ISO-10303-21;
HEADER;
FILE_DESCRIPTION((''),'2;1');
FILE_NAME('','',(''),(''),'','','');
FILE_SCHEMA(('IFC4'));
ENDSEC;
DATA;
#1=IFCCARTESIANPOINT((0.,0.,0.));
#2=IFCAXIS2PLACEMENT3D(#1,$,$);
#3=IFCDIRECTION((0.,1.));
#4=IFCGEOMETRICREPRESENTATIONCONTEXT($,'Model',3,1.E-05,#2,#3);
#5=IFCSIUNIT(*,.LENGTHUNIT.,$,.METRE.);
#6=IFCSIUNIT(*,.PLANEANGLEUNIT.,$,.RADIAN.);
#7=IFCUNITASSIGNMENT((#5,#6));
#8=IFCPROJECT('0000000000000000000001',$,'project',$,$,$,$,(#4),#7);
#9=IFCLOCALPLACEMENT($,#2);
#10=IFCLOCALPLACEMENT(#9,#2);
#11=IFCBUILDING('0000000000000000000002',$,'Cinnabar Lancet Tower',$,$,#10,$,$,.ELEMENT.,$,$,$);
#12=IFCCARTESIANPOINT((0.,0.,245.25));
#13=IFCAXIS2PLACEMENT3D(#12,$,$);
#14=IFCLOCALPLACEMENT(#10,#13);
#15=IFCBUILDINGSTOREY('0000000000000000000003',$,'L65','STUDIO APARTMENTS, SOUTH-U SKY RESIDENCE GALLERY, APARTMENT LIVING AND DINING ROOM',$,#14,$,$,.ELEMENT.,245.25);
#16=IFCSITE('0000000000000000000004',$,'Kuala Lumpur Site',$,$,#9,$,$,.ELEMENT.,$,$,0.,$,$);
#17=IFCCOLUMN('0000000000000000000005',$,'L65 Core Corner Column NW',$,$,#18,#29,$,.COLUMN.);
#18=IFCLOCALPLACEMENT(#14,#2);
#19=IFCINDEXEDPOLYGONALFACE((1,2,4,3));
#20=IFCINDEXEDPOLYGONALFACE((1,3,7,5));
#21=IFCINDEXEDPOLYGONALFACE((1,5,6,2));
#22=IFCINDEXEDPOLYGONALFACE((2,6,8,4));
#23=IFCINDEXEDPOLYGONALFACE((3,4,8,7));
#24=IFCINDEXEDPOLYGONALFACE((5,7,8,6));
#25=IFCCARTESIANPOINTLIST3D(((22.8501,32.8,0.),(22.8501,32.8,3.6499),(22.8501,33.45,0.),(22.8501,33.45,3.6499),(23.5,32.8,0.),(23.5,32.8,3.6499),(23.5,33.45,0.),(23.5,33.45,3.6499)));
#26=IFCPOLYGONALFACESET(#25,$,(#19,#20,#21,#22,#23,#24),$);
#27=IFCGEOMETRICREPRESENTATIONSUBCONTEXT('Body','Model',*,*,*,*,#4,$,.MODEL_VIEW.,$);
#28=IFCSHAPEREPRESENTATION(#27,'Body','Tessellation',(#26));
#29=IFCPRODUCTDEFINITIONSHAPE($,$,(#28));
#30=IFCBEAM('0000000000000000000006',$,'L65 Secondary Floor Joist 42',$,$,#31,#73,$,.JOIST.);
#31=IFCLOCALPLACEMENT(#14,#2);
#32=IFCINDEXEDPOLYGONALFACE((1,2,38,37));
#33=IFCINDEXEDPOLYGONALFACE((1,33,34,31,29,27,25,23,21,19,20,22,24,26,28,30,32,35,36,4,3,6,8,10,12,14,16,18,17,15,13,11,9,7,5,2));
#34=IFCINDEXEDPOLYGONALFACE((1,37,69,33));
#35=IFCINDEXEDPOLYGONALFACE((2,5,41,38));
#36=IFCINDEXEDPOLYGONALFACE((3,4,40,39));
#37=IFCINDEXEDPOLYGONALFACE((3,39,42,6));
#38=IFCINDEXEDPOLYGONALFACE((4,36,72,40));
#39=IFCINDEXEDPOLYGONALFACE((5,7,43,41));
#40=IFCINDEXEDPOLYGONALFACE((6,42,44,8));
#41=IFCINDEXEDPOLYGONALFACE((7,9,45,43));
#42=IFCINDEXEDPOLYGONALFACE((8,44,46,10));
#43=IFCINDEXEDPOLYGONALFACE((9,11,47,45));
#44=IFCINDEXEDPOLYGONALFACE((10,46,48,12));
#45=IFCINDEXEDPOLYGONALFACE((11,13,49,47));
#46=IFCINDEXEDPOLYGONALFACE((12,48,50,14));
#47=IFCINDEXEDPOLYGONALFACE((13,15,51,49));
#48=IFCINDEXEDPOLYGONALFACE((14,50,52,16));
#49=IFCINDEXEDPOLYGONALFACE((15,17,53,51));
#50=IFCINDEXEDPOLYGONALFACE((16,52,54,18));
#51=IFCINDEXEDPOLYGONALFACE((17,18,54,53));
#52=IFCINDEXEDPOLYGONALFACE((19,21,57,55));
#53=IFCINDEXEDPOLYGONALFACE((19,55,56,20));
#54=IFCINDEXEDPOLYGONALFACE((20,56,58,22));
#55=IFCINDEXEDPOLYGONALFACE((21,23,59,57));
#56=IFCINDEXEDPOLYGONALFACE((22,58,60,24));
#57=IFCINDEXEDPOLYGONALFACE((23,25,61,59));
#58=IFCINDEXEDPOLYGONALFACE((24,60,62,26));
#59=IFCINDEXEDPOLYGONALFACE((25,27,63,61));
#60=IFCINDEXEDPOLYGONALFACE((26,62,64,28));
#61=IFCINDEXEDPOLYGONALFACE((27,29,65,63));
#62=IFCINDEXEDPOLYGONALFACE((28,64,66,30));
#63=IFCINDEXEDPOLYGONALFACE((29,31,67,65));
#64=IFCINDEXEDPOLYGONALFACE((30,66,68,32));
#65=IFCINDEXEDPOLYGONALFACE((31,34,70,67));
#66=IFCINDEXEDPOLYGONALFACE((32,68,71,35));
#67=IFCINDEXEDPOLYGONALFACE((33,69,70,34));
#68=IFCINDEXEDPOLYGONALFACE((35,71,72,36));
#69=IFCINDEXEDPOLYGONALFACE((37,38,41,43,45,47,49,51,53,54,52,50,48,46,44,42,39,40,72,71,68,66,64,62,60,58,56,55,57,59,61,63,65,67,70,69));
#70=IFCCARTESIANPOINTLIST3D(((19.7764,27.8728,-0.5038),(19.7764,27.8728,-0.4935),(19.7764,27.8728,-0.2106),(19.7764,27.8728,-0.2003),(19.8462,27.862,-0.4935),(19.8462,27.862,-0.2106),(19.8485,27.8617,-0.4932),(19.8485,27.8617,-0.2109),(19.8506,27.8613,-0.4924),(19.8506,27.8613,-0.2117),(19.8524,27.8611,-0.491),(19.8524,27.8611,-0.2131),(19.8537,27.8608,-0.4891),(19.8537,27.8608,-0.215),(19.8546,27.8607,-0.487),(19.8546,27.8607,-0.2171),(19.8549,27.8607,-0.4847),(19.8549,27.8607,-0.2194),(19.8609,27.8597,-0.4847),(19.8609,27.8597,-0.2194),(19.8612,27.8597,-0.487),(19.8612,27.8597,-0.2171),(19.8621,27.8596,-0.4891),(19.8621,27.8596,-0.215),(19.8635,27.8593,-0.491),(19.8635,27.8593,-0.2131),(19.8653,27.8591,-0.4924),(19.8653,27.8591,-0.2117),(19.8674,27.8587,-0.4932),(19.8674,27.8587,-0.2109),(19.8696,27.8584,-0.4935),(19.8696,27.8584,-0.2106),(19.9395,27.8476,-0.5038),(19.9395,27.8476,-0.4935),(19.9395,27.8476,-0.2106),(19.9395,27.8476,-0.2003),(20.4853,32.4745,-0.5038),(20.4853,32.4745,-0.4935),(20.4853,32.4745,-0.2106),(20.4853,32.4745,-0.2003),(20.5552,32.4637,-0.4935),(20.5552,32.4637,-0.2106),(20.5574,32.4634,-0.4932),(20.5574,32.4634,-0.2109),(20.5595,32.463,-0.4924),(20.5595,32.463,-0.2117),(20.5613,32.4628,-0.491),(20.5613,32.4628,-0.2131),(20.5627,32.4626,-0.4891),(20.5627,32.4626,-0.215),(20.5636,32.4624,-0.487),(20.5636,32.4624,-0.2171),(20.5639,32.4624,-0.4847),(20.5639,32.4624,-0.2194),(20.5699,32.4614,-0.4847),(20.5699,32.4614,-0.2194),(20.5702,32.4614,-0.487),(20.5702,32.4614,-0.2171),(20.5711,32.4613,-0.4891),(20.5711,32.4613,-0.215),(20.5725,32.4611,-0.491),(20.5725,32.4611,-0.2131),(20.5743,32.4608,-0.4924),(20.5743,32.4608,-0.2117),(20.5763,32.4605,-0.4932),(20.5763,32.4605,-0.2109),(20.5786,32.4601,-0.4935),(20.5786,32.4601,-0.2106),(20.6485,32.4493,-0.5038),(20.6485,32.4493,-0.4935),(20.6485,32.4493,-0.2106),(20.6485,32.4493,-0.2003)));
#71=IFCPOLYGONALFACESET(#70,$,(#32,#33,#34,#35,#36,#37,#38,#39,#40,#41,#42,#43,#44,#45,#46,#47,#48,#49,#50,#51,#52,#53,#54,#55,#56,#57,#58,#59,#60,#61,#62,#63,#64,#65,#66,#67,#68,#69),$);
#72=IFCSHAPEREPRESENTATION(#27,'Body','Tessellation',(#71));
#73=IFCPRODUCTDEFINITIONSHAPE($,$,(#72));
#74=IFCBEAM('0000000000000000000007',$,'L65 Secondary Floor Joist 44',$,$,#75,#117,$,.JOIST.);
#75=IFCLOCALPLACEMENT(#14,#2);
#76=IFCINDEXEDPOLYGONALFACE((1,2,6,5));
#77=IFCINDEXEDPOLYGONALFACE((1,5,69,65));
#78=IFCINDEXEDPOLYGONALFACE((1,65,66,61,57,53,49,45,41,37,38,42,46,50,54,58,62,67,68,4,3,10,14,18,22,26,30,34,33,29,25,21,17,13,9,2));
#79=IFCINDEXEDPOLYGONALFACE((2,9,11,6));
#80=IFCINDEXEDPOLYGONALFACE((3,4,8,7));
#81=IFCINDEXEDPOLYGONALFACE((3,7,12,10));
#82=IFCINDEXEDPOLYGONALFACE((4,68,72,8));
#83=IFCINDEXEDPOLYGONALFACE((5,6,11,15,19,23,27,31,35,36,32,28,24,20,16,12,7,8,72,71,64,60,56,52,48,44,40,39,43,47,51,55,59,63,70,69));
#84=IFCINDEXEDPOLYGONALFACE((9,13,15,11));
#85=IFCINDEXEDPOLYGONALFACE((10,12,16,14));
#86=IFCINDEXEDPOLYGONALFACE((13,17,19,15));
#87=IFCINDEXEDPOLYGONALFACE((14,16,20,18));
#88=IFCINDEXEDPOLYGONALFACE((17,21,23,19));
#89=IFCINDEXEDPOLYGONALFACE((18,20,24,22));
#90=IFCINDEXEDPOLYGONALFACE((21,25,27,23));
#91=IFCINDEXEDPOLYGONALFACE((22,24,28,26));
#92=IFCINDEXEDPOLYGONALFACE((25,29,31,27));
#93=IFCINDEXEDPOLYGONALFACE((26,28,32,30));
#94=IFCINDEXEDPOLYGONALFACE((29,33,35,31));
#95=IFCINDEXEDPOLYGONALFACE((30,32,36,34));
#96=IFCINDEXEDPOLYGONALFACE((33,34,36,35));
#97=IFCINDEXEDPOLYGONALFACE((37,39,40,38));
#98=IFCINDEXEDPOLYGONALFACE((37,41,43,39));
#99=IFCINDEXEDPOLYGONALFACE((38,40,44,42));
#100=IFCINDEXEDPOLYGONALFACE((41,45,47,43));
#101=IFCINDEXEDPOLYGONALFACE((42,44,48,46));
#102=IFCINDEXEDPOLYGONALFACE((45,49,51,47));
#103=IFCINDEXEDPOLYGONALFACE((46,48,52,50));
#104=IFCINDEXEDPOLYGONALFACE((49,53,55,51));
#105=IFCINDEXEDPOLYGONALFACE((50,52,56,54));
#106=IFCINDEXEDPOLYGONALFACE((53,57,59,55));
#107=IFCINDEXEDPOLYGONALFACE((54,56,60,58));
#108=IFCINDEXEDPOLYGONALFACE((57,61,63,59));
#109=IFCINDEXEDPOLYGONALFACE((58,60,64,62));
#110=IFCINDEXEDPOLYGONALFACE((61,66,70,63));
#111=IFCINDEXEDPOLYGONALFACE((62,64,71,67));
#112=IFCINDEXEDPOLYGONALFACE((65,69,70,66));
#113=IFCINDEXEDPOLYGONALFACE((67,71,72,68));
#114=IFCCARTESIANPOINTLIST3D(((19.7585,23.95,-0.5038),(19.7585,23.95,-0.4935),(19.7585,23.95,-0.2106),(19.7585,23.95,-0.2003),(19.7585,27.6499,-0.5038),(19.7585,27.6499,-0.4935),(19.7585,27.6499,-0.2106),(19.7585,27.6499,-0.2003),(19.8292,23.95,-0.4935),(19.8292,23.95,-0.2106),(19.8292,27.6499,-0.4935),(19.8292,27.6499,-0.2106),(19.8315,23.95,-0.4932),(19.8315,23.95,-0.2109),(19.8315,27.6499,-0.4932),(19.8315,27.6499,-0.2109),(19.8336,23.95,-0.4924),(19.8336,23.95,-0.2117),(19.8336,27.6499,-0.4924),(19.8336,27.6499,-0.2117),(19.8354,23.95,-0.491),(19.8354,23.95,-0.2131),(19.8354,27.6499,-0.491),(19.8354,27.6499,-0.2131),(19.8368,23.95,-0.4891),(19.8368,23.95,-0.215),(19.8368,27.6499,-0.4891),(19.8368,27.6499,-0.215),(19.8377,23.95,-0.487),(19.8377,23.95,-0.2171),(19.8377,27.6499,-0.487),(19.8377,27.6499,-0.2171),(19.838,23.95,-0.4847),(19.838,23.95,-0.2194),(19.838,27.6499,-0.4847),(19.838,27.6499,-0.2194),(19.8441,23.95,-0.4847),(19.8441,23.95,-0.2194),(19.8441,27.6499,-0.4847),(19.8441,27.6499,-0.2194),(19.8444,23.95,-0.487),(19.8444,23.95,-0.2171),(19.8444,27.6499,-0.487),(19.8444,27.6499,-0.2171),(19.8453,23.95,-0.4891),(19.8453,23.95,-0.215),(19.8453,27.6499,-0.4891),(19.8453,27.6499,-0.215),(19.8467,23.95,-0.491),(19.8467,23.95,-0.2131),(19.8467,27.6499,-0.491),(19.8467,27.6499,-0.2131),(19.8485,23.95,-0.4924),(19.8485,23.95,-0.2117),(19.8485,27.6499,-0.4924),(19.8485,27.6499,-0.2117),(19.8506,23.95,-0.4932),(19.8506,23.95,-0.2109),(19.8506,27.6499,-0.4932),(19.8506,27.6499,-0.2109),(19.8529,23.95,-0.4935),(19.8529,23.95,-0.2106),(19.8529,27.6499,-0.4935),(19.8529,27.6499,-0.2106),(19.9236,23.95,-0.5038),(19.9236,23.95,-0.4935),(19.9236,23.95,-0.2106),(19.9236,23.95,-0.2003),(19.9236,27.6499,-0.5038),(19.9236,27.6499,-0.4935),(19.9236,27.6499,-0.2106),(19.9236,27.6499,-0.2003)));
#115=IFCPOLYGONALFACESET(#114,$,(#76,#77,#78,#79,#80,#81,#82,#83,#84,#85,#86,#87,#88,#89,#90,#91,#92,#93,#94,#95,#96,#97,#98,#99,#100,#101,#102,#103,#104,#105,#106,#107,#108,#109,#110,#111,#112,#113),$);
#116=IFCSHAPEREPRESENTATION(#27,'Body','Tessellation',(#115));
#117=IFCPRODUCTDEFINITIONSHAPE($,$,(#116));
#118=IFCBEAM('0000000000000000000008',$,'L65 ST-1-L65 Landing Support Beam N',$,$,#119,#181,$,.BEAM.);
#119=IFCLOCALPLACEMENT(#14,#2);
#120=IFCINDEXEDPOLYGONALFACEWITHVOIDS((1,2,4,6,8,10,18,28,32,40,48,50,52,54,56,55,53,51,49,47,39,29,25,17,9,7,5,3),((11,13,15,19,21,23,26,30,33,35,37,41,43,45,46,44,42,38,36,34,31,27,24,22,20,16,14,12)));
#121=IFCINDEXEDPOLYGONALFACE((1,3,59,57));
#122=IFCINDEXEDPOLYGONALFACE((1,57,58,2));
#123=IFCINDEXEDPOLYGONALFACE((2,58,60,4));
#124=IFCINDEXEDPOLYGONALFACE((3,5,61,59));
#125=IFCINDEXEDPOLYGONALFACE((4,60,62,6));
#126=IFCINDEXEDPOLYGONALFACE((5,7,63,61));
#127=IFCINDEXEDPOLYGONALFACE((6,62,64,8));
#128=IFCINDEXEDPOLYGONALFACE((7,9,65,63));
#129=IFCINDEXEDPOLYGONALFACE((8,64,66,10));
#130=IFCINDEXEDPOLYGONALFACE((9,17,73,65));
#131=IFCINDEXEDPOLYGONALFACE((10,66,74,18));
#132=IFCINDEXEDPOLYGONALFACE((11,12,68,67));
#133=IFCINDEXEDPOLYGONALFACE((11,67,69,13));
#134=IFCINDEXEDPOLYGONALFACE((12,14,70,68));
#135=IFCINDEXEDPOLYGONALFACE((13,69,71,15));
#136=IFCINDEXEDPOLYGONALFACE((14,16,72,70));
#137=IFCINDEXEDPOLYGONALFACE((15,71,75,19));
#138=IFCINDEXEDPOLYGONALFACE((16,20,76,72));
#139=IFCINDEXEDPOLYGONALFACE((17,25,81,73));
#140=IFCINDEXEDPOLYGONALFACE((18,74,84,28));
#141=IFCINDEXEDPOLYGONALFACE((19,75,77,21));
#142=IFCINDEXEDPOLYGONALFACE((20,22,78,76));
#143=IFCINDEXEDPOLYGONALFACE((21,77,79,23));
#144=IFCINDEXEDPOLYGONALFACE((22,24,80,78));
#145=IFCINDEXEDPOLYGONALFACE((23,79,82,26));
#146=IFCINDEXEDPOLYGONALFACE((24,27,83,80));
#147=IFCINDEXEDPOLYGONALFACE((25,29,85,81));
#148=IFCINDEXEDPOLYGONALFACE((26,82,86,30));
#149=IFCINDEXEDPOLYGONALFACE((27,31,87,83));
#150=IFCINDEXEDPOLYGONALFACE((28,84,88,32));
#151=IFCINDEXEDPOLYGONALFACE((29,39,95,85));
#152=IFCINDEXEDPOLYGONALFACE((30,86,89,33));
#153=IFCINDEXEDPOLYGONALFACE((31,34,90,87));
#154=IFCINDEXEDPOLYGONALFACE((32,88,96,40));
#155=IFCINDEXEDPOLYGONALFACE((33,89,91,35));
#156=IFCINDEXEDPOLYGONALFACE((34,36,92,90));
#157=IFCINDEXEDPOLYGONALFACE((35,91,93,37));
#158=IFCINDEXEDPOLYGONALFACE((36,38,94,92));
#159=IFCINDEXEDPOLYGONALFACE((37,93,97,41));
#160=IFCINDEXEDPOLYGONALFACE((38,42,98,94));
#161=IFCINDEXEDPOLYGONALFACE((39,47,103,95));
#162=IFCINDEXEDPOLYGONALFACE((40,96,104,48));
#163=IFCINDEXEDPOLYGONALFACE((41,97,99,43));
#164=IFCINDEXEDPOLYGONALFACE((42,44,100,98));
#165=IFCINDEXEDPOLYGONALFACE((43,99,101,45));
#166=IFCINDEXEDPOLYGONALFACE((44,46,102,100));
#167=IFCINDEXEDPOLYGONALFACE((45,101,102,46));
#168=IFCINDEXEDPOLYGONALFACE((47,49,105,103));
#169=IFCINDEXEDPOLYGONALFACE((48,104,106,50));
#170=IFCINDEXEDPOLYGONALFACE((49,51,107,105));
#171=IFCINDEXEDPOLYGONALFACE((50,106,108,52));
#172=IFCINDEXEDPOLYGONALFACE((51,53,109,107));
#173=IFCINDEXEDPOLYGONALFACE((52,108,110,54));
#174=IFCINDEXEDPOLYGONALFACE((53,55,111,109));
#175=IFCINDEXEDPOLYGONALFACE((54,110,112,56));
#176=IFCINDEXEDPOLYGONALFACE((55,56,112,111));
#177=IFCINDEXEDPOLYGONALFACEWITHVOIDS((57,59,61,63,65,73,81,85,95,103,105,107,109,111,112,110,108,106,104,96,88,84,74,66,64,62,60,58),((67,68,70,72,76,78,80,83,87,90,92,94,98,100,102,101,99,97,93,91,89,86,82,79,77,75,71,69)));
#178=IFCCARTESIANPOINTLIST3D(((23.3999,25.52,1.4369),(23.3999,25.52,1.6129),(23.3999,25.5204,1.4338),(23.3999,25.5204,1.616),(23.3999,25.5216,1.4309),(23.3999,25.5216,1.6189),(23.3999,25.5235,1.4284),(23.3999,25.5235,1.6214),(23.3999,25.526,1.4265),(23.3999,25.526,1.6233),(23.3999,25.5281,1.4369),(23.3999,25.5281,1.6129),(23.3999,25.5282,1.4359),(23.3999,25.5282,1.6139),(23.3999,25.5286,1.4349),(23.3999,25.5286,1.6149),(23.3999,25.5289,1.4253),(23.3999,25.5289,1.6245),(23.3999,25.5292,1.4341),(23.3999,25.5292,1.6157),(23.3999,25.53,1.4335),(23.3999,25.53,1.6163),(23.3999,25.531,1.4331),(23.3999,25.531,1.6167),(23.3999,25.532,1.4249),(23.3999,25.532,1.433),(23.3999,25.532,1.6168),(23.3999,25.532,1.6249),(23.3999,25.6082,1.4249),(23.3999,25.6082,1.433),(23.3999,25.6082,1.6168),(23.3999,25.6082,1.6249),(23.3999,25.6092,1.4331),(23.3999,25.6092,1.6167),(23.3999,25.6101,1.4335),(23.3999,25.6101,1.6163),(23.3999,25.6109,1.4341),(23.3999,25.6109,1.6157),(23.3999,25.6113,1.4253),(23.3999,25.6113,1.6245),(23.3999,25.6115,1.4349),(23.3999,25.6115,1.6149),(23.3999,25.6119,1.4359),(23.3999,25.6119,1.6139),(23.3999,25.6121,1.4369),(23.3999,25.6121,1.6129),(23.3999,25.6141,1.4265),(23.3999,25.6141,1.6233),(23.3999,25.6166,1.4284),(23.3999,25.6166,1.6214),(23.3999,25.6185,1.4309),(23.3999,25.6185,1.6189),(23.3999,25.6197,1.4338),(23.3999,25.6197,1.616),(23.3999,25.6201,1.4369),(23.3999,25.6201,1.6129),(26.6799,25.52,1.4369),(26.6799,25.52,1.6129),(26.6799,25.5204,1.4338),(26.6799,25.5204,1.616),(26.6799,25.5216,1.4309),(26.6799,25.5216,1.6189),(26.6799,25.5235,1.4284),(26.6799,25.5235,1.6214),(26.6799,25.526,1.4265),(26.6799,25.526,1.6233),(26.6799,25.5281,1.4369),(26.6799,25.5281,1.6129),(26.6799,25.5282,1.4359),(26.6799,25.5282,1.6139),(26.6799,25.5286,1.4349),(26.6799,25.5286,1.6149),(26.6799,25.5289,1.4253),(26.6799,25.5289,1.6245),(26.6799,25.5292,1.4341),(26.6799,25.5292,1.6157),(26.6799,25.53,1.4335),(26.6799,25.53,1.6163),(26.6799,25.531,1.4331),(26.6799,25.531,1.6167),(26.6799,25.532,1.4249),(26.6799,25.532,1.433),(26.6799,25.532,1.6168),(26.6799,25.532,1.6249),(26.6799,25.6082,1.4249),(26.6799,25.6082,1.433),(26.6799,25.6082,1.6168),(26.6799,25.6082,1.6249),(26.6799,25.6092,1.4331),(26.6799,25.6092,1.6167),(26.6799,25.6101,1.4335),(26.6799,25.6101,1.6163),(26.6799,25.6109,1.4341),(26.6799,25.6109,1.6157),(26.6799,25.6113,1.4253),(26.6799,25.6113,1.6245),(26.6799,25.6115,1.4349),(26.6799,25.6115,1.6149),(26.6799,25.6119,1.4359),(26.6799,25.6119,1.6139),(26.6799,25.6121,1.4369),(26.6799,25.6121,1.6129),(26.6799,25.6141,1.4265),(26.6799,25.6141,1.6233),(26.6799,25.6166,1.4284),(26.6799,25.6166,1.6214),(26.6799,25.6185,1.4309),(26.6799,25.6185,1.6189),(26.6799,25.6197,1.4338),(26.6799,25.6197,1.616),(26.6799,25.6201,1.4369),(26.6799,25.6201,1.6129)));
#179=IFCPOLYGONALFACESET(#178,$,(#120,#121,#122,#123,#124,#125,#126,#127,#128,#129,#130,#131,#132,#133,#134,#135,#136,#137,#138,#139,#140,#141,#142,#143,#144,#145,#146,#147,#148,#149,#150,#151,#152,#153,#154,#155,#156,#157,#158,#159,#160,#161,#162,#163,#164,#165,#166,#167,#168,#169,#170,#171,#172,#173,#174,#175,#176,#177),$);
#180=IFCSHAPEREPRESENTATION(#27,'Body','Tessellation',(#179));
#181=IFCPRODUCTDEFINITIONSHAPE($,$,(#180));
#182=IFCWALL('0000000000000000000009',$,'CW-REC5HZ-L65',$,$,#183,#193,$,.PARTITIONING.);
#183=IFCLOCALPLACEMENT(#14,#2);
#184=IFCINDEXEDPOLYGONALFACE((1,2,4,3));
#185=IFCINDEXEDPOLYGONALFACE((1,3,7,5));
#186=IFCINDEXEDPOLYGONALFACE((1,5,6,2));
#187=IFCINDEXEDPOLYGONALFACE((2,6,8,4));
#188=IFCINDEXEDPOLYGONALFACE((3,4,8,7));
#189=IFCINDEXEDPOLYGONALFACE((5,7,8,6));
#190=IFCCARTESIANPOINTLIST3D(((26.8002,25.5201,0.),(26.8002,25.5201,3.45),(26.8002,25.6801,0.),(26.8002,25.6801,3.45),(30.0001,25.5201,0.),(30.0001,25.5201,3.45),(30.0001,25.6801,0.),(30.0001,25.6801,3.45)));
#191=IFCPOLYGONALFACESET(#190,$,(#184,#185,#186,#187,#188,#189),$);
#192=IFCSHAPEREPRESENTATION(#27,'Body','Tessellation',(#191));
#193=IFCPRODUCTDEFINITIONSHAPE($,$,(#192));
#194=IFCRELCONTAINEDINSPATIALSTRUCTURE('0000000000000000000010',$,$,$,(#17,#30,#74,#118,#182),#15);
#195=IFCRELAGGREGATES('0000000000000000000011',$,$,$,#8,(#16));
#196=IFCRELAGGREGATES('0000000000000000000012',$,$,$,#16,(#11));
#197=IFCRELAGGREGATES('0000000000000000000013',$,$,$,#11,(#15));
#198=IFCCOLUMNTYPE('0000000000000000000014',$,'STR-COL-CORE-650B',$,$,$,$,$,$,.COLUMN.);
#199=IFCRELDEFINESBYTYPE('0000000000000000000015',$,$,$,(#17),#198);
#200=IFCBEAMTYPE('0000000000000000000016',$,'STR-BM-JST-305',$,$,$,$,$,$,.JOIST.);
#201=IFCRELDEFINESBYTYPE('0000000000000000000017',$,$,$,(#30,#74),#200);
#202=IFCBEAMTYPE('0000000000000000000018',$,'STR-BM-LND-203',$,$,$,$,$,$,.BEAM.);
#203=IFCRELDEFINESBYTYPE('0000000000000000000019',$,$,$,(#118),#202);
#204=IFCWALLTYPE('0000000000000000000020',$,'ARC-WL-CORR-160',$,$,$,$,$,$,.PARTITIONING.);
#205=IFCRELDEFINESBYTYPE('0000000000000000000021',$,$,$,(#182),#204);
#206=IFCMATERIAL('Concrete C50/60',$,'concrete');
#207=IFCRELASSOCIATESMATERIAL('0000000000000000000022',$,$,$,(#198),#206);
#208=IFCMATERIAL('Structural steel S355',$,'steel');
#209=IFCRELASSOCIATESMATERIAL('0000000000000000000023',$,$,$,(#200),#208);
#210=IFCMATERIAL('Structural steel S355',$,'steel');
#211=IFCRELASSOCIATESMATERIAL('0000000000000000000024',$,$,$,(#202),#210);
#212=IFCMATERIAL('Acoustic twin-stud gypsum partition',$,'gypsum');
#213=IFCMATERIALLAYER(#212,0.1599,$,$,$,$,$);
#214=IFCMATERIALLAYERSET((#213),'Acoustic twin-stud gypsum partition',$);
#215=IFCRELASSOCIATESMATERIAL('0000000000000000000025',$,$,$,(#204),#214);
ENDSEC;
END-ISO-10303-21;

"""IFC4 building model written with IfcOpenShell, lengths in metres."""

from ifc_helpers import new_model, si_unit, direction, frame, frame_2d, origin, origin_2d, place, context, subcontext, project, spatial, rectangle, hollow_rectangle, i_section, extrude, material, layer, layer_set, material_profile, profile_set, type_object, element, save


model = new_model("IFC4")

# Units and contexts
model_context = context("Model", 3, precision=1e-05, world=origin(), true_north=direction((0.0, 1.0)))
body_context = subcontext(model_context, "Body", "Model", "MODEL_VIEW")
ifc_project = project(units=[si_unit("LENGTHUNIT", "METRE"), si_unit("PLANEANGLEUNIT", "RADIAN")], contexts=[model_context])

# Site, building, storey
site_placement = place(None, origin())
site = spatial("IfcSite", under=ifc_project, at=site_placement, Name="Kuala Lumpur Site", CompositionType="ELEMENT", RefElevation=0.0)
building_placement = place(site_placement, origin())
building = spatial("IfcBuilding", under=site, at=building_placement, Name="Cinnabar Lancet Tower", CompositionType="ELEMENT")
storey_placement = place(building_placement, frame((0.0, 0.0, 245.25)))
storey = spatial("IfcBuildingStorey", under=building, at=storey_placement, Name="L65", Description="STUDIO APARTMENTS, SOUTH-U SKY RESIDENCE GALLERY, APARTMENT LIVING AND DINING ROOM", CompositionType="ELEMENT", Elevation=245.25)

# Column
ifc_material_1 = material(Name="Concrete C50/60", Category="concrete")
ifc_material_profile_1 = material_profile(ifc_material_1, rectangle(XDim=0.6499, YDim=0.6499, at=origin_2d()), Name="RC-COL 650x650")
ifc_profile_set_1 = profile_set([ifc_material_profile_1], Name="Concrete C50/60")
column_type = type_object("IfcColumnType", Name="STR-COL-CORE-650B", PredefinedType="COLUMN", material=ifc_profile_set_1)
column_placement = place(storey_placement, frame((23.175, 33.125, 0.0), z_axis=(0.0, 0.0, 1.0), x_axis=(1.0, 0.0, 0.0)))
element("IfcColumn", 1, at=column_placement, inside=storey, type_object=column_type, Name="L65 Core Corner Column NW", PredefinedType="COLUMN", context=body_context, shape_type="SweptSolid", body=[
    extrude(rectangle(XDim=0.6499, YDim=0.6499, at=origin_2d()), origin(), (0.0, 0.0, 1.0), 3.6499),
])

# Beams
ifc_material_2 = material(Name="Structural steel S355", Category="steel")
ifc_material_profile_2 = material_profile(ifc_material_2, i_section(OverallWidth=0.165, OverallDepth=0.3035, WebThickness=0.0061, FlangeThickness=0.0103, FilletRadius=0.0088, at=origin_2d()), Name="UKB 305x165x40")
ifc_profile_set_2 = profile_set([ifc_material_profile_2], Name="Structural steel S355")
beam_type_1 = type_object("IfcBeamType", Name="STR-BM-JST-305", PredefinedType="JOIST", material=ifc_profile_set_2)
beam_1_placement = place(storey_placement, frame((20.5669, 32.4619, -0.3521), z_axis=(-0.15227, -0.988339, 0.0), x_axis=(0.988339, -0.15227, 0.0)))
element("IfcBeam", 2, at=beam_1_placement, inside=storey, type_object=beam_type_1, Name="L65 Secondary Floor Joist 42", PredefinedType="JOIST", context=body_context, shape_type="SweptSolid", body=[
    extrude(i_section(OverallWidth=0.165, OverallDepth=0.3035, WebThickness=0.0061, FlangeThickness=0.0103, FilletRadius=0.0088, at=origin_2d()), origin(), (0.0, 0.0, 1.0), 4.656),
])
beam_2_placement = place(storey_placement, frame((19.8411, 27.6499, -0.3521), z_axis=(0.0, -1.0, 0.0), x_axis=(1.0, 0.0, 0.0)))
element("IfcBeam", 3, at=beam_2_placement, inside=storey, type_object=beam_type_1, Name="L65 Secondary Floor Joist 44", PredefinedType="JOIST", context=body_context, shape_type="SweptSolid", body=[
    extrude(i_section(OverallWidth=0.165, OverallDepth=0.3035, WebThickness=0.0061, FlangeThickness=0.0103, FilletRadius=0.0088, at=origin_2d()), origin(), (0.0, 0.0, 1.0), 3.7),
])
ifc_material_3 = material(Name="Structural steel S355", Category="steel")
ifc_material_profile_3 = material_profile(ifc_material_3, hollow_rectangle(XDim=0.1001, YDim=0.2, WallThickness=0.0081, InnerFilletRadius=0.0039, OuterFilletRadius=0.012, at=origin_2d()), Name="RHS 200x100x8")
ifc_profile_set_3 = profile_set([ifc_material_profile_3], Name="Structural steel S355")
beam_type_2 = type_object("IfcBeamType", Name="STR-BM-LND-203", PredefinedType="BEAM", material=ifc_profile_set_3)
beam_3_placement = place(storey_placement, frame((23.3999, 25.5701, 1.5249), z_axis=(1.0, 0.0, 0.0), x_axis=(0.0, 1.0, 0.0)))
element("IfcBeam", 4, at=beam_3_placement, inside=storey, type_object=beam_type_2, Name="L65 ST-1-L65 Landing Support Beam N", PredefinedType="BEAM", context=body_context, shape_type="SweptSolid", body=[
    extrude(hollow_rectangle(XDim=0.1001, YDim=0.2, WallThickness=0.0081, InnerFilletRadius=0.0039, OuterFilletRadius=0.012, at=origin_2d()), origin(), (0.0, 0.0, 1.0), 3.28),
])

# Wall
ifc_material_4 = material(Name="Acoustic twin-stud gypsum partition", Category="gypsum")
ifc_layer_1 = layer(ifc_material_4, 0.1599)
ifc_layer_set_1 = layer_set([ifc_layer_1], Name="Acoustic twin-stud gypsum partition")
wall_type_1 = type_object("IfcWallType", Name="ARC-WL-CORR-160", PredefinedType="PARTITIONING", material=ifc_layer_set_1)
wall_1_placement = place(storey_placement, frame((26.8, 25.6001, 0.0), z_axis=(0.0, 0.0, 1.0), x_axis=(1.0, 0.0, 0.0)))
element("IfcWall", 5, at=wall_1_placement, inside=storey, type_object=wall_type_1, Name="CW-REC5HZ-L65", PredefinedType="PARTITIONING", context=body_context, shape_type="SweptSolid", body=[
    extrude(rectangle(XDim=3.2, YDim=0.1599, at=frame_2d((1.6001, 0.0))), origin(), (0.0, 0.0, 1.0), 3.45),
])

save(model, "model.ifc")
